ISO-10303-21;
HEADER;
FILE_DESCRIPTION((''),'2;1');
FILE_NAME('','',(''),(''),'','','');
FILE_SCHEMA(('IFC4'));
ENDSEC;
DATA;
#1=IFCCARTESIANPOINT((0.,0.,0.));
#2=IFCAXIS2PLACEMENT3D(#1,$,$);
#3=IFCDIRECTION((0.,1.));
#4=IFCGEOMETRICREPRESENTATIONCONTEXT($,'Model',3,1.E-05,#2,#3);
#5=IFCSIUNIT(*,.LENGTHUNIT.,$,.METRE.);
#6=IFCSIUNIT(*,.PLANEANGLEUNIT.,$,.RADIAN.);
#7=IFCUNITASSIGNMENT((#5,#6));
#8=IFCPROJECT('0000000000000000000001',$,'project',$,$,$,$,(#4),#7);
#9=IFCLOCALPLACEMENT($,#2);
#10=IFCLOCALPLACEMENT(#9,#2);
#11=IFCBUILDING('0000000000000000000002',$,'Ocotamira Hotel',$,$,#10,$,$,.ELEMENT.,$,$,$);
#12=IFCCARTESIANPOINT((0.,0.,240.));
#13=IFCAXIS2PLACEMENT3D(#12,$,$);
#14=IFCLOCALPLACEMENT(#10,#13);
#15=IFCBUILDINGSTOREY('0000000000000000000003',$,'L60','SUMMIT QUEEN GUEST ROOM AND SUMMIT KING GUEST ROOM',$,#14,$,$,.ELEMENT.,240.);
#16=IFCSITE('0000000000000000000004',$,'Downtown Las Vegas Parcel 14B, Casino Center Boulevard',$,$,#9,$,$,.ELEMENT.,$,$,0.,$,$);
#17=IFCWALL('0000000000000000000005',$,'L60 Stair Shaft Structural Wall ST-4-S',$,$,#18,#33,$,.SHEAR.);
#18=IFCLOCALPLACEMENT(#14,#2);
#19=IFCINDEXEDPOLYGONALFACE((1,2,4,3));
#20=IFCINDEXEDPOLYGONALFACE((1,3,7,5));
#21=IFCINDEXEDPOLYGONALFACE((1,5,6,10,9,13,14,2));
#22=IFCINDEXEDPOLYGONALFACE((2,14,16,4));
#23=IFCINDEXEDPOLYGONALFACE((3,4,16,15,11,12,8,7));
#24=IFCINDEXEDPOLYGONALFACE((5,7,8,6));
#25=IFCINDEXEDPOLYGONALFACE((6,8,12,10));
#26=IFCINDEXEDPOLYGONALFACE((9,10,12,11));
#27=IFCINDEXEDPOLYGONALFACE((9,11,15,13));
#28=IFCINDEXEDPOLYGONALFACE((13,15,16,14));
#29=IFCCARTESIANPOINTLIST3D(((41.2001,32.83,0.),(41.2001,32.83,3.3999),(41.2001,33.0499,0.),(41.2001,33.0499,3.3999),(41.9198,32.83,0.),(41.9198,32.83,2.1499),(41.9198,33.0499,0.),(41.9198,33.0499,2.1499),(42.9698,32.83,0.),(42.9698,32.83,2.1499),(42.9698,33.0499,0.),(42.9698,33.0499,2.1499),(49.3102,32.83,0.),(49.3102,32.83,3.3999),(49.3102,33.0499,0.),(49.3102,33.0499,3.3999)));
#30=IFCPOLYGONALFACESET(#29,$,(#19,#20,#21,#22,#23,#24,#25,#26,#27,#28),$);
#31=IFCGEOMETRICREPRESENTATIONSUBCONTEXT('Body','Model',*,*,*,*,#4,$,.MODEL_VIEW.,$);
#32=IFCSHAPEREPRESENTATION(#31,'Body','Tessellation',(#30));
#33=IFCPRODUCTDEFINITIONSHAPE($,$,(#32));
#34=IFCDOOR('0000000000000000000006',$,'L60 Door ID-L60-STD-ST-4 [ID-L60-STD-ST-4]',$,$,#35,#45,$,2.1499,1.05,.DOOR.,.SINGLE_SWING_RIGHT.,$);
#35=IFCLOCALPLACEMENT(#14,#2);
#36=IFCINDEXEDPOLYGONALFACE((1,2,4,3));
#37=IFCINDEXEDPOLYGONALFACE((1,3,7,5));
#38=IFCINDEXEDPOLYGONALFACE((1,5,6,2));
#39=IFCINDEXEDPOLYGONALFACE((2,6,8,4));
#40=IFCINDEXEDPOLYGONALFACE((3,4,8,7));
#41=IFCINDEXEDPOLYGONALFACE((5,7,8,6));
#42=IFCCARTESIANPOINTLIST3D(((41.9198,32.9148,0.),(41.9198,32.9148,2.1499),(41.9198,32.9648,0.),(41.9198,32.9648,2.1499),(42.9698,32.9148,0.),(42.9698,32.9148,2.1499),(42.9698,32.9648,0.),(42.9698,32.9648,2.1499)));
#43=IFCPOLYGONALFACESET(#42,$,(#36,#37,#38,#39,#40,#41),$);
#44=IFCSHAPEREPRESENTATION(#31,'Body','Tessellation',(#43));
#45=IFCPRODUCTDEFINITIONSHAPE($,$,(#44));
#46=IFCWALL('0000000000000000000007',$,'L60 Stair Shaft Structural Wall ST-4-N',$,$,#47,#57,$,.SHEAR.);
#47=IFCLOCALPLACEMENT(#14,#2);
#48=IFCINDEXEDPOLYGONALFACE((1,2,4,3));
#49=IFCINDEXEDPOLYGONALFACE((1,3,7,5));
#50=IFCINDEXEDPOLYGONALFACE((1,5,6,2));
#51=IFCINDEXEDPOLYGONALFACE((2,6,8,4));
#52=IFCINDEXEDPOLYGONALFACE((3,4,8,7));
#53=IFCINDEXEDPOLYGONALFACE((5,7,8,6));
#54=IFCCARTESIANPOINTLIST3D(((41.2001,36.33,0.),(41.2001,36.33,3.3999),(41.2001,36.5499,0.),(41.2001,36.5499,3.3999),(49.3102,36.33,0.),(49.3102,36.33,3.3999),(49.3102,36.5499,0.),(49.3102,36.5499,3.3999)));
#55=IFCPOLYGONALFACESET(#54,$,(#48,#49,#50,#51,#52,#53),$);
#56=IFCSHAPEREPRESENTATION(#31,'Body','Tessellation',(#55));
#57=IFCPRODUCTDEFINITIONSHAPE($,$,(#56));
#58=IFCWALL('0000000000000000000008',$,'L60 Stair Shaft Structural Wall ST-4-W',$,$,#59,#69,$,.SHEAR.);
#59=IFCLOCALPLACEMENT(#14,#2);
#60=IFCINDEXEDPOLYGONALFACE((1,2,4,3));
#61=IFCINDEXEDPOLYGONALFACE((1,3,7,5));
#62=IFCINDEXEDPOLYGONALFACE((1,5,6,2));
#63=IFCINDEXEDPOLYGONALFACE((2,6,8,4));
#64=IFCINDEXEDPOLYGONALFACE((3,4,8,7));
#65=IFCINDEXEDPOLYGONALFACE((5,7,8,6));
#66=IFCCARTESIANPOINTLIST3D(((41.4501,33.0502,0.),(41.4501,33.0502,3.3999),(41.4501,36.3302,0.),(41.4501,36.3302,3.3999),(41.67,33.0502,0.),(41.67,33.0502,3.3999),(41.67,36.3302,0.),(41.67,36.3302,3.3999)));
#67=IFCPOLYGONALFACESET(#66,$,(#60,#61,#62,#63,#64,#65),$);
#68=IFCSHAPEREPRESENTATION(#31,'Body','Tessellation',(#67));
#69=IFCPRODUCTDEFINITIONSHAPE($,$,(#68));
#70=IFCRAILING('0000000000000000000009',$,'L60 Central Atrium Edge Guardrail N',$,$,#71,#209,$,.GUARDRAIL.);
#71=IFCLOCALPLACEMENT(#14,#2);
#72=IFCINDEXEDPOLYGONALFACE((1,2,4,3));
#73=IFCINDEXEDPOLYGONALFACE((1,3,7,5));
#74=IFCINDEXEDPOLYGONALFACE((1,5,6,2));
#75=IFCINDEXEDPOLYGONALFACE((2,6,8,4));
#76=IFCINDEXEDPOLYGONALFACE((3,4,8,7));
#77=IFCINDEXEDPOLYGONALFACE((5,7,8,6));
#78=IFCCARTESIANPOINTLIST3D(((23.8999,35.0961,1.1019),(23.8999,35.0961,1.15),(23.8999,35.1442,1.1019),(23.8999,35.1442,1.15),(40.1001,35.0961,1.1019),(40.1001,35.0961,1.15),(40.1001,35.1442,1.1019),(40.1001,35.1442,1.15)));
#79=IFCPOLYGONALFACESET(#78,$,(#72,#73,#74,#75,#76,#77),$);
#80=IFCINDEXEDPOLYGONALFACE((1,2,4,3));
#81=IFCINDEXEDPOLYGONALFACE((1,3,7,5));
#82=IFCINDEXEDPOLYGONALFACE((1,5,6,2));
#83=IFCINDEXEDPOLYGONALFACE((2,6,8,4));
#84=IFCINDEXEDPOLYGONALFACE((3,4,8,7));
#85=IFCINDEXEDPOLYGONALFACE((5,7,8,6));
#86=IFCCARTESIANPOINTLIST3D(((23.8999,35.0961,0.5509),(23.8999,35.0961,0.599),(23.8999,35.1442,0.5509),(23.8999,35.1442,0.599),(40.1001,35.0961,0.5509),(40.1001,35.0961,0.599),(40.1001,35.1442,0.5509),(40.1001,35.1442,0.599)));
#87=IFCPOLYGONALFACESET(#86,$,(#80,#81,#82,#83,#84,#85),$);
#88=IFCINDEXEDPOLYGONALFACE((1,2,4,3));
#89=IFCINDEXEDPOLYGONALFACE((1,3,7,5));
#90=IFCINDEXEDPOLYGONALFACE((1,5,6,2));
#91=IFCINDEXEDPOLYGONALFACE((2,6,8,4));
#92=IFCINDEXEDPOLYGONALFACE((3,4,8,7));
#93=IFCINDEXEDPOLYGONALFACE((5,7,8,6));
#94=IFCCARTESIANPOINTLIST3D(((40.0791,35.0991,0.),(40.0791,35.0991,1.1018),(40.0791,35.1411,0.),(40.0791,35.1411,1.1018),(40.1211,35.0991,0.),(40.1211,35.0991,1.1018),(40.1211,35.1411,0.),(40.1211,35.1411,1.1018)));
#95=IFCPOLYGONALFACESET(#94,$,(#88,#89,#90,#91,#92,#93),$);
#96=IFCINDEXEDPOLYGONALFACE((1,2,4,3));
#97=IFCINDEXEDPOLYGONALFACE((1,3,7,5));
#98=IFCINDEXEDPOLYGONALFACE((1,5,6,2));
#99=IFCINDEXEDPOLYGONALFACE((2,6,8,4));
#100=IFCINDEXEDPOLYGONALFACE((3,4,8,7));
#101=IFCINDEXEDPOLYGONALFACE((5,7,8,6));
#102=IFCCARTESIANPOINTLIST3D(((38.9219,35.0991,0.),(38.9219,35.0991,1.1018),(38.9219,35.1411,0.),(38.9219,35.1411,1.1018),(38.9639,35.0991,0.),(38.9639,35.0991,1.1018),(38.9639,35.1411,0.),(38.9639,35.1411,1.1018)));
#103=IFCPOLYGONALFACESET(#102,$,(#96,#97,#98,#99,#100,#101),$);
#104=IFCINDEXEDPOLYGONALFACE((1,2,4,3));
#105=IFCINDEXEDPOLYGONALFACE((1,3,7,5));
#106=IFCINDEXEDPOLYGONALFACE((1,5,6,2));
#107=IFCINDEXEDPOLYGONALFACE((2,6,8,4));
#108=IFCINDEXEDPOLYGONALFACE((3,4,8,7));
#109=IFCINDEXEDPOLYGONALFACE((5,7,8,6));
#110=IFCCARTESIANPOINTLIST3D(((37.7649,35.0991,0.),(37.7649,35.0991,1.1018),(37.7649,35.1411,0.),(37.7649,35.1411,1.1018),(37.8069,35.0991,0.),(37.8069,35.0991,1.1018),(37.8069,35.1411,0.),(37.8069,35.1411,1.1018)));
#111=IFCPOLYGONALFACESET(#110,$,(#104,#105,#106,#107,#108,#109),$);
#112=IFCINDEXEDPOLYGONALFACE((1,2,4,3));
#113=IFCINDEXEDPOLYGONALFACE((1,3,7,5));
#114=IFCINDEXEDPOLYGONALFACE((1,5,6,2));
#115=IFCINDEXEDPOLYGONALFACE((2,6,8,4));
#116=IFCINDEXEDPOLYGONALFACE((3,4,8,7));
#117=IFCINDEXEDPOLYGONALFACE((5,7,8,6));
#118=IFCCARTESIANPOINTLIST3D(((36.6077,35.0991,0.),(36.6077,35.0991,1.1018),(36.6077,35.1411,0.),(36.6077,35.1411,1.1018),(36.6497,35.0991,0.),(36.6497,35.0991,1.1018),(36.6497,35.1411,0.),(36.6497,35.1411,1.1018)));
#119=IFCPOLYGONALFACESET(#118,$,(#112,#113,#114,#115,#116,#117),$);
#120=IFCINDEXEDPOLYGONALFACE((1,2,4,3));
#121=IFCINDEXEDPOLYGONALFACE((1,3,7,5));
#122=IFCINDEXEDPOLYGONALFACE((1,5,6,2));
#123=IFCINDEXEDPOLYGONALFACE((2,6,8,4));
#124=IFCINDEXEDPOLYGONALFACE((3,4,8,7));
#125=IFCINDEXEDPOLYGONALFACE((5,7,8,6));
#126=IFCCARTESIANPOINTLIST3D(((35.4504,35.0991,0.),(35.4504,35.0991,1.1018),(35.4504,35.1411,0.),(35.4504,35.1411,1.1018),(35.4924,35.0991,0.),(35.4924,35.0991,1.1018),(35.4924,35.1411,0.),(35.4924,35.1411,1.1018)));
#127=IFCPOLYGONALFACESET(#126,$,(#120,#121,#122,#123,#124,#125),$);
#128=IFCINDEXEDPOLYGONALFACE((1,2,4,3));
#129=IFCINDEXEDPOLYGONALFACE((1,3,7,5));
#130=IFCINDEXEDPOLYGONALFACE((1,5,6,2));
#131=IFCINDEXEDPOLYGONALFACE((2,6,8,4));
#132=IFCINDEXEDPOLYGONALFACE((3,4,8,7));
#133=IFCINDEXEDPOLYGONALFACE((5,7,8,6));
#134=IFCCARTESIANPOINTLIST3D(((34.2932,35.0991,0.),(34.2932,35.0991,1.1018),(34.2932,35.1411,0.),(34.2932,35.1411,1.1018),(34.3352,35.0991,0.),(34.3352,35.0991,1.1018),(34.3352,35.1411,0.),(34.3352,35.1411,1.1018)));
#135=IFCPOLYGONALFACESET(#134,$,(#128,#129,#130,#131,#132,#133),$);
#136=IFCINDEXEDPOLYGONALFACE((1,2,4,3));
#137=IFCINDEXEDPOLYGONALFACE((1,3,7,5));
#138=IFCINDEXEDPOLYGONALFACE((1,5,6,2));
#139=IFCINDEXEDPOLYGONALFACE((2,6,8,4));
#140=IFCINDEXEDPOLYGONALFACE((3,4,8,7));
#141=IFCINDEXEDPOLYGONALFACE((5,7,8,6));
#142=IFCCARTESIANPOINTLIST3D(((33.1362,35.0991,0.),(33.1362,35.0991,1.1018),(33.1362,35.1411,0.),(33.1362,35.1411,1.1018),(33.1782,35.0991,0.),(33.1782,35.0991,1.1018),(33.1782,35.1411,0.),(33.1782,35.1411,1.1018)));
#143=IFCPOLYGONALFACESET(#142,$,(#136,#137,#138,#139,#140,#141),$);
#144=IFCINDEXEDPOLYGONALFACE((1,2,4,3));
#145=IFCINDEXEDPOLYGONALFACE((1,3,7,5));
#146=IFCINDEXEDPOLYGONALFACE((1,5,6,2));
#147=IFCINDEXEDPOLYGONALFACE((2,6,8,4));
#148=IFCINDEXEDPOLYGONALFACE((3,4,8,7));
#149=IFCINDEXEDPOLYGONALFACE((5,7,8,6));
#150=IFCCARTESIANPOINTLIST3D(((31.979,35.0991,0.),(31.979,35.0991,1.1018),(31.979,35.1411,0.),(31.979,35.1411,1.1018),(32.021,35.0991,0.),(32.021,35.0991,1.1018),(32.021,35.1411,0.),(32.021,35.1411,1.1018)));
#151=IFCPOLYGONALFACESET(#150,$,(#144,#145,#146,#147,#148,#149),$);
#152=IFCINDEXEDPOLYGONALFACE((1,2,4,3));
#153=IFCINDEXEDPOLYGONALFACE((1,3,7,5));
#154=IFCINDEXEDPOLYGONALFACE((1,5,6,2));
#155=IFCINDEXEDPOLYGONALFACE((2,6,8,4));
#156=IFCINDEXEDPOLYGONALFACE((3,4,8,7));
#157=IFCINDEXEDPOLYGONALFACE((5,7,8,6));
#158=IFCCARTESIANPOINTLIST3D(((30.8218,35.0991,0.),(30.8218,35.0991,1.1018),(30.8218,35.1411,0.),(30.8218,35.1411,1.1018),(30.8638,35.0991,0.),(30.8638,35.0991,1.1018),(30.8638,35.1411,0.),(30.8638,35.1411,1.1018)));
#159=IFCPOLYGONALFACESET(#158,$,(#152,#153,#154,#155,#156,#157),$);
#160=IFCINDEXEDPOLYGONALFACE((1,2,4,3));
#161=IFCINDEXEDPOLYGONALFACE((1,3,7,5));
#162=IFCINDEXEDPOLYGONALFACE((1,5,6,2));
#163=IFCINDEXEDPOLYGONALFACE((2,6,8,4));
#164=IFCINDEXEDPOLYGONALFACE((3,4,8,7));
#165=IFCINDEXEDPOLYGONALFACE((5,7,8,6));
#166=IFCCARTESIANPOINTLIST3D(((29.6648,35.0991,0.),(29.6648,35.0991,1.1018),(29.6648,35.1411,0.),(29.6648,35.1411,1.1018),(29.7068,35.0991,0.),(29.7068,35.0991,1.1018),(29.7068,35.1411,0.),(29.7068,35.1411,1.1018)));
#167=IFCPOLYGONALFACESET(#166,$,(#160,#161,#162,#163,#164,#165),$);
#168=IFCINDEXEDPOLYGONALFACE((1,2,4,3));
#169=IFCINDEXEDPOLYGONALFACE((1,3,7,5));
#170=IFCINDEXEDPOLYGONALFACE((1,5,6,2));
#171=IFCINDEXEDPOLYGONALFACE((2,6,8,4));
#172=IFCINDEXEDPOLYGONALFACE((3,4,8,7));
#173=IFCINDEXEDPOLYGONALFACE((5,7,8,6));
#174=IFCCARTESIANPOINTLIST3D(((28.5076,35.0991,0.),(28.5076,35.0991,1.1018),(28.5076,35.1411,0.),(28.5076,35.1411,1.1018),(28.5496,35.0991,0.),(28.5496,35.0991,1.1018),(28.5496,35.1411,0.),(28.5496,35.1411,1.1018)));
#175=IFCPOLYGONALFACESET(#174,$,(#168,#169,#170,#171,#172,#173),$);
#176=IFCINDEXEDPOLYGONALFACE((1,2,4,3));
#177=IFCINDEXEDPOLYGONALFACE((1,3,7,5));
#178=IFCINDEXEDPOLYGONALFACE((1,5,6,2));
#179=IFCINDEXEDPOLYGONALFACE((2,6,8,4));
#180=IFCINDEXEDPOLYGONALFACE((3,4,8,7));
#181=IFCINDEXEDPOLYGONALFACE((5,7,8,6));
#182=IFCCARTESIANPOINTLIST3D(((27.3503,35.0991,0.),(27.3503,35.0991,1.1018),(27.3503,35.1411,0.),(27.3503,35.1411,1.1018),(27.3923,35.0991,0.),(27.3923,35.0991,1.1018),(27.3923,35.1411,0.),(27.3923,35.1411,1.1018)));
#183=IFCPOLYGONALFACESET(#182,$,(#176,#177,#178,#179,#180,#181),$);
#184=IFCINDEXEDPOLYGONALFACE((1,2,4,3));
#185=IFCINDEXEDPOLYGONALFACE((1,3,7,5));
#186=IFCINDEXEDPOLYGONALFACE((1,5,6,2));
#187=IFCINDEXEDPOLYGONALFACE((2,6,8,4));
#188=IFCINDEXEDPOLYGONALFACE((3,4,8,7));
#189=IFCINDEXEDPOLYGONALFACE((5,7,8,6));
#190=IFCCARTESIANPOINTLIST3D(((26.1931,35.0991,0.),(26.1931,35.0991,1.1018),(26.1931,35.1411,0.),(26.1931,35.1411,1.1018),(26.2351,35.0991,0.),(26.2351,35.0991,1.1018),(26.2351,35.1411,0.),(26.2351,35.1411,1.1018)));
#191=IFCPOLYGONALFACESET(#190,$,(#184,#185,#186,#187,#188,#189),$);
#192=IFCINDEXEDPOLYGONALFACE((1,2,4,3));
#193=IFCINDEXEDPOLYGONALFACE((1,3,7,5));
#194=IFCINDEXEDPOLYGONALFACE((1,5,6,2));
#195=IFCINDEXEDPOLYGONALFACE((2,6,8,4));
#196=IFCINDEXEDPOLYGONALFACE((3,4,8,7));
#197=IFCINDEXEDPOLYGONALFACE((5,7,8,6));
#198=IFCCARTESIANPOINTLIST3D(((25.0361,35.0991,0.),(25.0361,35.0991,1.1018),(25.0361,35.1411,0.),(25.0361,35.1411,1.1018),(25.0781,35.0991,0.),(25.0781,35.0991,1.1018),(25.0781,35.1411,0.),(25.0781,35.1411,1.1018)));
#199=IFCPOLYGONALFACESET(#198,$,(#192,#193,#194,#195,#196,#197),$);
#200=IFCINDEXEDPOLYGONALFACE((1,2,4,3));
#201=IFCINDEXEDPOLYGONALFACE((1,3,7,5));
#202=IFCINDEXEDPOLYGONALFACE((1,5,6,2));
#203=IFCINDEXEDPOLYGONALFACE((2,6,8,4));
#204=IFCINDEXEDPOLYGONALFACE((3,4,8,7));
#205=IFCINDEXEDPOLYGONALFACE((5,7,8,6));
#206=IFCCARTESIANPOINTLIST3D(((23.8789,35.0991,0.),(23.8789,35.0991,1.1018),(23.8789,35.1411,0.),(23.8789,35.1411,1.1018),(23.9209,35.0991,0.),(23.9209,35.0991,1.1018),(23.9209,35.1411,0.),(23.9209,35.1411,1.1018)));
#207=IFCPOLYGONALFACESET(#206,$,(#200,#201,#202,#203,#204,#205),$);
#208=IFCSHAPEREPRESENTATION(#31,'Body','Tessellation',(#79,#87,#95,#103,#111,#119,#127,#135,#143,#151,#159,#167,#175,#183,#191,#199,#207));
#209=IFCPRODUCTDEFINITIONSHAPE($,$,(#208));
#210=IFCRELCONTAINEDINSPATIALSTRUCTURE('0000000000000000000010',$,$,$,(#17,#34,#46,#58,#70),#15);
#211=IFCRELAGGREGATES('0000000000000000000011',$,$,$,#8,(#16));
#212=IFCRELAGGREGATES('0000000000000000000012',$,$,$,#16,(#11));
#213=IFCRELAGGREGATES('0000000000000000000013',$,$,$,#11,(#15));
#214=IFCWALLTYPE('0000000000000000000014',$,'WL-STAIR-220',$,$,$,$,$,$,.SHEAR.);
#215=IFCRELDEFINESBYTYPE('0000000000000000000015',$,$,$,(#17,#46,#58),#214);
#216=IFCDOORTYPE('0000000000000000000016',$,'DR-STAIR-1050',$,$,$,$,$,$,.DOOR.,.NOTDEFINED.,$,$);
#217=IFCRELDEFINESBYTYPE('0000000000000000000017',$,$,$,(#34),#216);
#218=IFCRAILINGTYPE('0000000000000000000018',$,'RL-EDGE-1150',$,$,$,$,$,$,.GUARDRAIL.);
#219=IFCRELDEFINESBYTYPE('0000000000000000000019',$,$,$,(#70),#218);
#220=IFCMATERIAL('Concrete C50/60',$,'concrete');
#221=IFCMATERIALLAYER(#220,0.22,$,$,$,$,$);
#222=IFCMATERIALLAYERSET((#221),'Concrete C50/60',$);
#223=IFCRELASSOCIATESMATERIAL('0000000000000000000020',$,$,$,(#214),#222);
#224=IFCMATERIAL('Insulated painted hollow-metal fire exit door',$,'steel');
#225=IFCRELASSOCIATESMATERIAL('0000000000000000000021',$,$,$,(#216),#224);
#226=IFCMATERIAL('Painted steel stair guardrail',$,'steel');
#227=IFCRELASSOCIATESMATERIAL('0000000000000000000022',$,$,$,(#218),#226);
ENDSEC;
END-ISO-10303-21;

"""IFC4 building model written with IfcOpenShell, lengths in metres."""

from ifc_helpers import new_model, si_unit, direction, frame, frame_2d, origin, origin_2d, place, context, subcontext, project, spatial, rectangle, extrude, source, transform, mapped, material, layer, layer_set, type_object, element, fill, save


model = new_model("IFC4")

# Units and contexts
model_context = context("Model", 3, precision=1e-05, world=origin(), true_north=direction((0.0, 1.0)))
body_context = subcontext(model_context, "Body", "Model", "MODEL_VIEW")
ifc_project = project(units=[si_unit("LENGTHUNIT", "METRE"), si_unit("PLANEANGLEUNIT", "RADIAN")], contexts=[model_context])

# Site, building, storey
site_placement = place(None, origin())
site = spatial("IfcSite", under=ifc_project, at=site_placement, Name="Downtown Las Vegas Parcel 14B, Casino Center Boulevard", CompositionType="ELEMENT", RefElevation=0.0)
building_placement = place(site_placement, origin())
building = spatial("IfcBuilding", under=site, at=building_placement, Name="Ocotamira Hotel", CompositionType="ELEMENT")
storey_placement = place(building_placement, frame((0.0, 0.0, 240.0)))
storey = spatial("IfcBuildingStorey", under=building, at=storey_placement, Name="L60", Description="SUMMIT QUEEN GUEST ROOM AND SUMMIT KING GUEST ROOM", CompositionType="ELEMENT", Elevation=240.0)

# Shared definitions
ifc_material_1 = material(Name="Concrete C50/60", Category="concrete")

# Wall, opening, door
ifc_layer_1 = layer(ifc_material_1, 0.22)
ifc_layer_set_1 = layer_set([ifc_layer_1], Name="Concrete C50/60")
wall_type_1 = type_object("IfcWallType", Name="WL-STAIR-220", PredefinedType="SHEAR", material=ifc_layer_set_1)
wall_1_placement = place(storey_placement, frame((41.2, 32.9399, 0.0), z_axis=(0.0, 0.0, 1.0), x_axis=(1.0, 0.0, 0.0)))
wall_1 = element("IfcWall", 1, at=wall_1_placement, inside=storey, type_object=wall_type_1, Name="L60 Stair Shaft Structural Wall ST-4-S", PredefinedType="SHEAR", context=body_context, shape_type="SweptSolid", body=[
    extrude(rectangle(XDim=8.1101, YDim=0.22, at=frame_2d((4.0552, 0.0))), origin(), (0.0, 0.0, 1.0), 3.3999),
])
opening_1_placement = place(wall_1_placement, frame((0.72, 0.0, 0.0)))
opening_1 = element("IfcOpeningElement", 2, at=opening_1_placement, cuts=wall_1, PredefinedType="OPENING", context=body_context, shape_type="SweptSolid", body=[
    extrude(rectangle(XDim=1.05, YDim=2.1499, at=frame_2d((0.5249, 1.075))), frame((0.0, 0.1201, 0.0), z_axis=(0.0, -1.0, 0.0), x_axis=(1.0, 0.0, 0.0)), (0.0, 0.0, 1.0), 0.24),
])
ifc_material_2 = material(Name="Insulated painted hollow-metal fire exit door", Category="steel")
door_type_1 = type_object("IfcDoorType", Name="DR-STAIR-1050", OperationType="NOTDEFINED", PredefinedType="DOOR", material=ifc_material_2)
shared_shape_1 = source(origin(), body_context, "Body", "SweptSolid", [
    extrude(rectangle(XDim=1.05, YDim=2.1499, at=frame_2d((0.5249, 1.075))), frame((0.0, 0.0249, 0.0), z_axis=(0.0, -1.0, 0.0), x_axis=(1.0, 0.0, 0.0)), (0.0, 0.0, 1.0), 0.05),
])
door_1_placement = place(opening_1_placement, origin())
door_1 = element("IfcDoor", 3, at=door_1_placement, inside=storey, type_object=door_type_1, Name="L60 Door ID-L60-STD-ST-4 [ID-L60-STD-ST-4]", OperationType="SINGLE_SWING_RIGHT", OverallHeight=2.1499, OverallWidth=1.05, PredefinedType="DOOR", context=body_context, shape_type="MappedRepresentation", body=[
    mapped(shared_shape_1, transform((0.0, 0.0, 0.0), scale=1.0)),
])
fill(opening_1, door_1)

# Walls
wall_2_placement = place(storey_placement, frame((41.2, 36.4399, 0.0), z_axis=(0.0, 0.0, 1.0), x_axis=(1.0, 0.0, 0.0)))
element("IfcWall", 4, at=wall_2_placement, inside=storey, type_object=wall_type_1, Name="L60 Stair Shaft Structural Wall ST-4-N", PredefinedType="SHEAR", context=body_context, shape_type="SweptSolid", body=[
    extrude(rectangle(XDim=8.1101, YDim=0.22, at=frame_2d((4.0552, 0.0))), origin(), (0.0, 0.0, 1.0), 3.3999),
])
wall_3_placement = place(storey_placement, frame((41.5601, 33.05, 0.0), z_axis=(0.0, 0.0, 1.0), x_axis=(0.0, 1.0, 0.0)))
element("IfcWall", 5, at=wall_3_placement, inside=storey, type_object=wall_type_1, Name="L60 Stair Shaft Structural Wall ST-4-W", PredefinedType="SHEAR", context=body_context, shape_type="SweptSolid", body=[
    extrude(rectangle(XDim=3.28, YDim=0.22, at=frame_2d((1.6401, 0.0))), origin(), (0.0, 0.0, 1.0), 3.3999),
])

# Railing
ifc_material_3 = material(Name="Painted steel stair guardrail", Category="steel")
railing_type = type_object("IfcRailingType", Name="RL-EDGE-1150", PredefinedType="GUARDRAIL", material=ifc_material_3)
railing_placement = place(storey_placement, frame((40.1001, 35.1201, 0.0)))
element("IfcRailing", 6, at=railing_placement, inside=storey, type_object=railing_type, Name="L60 Central Atrium Edge Guardrail N", PredefinedType="GUARDRAIL", context=body_context, shape_type="SweptSolid", body=[
    extrude(rectangle(XDim=0.0481, YDim=0.0481, at=origin_2d()), frame((0.0, 0.0, 1.126), z_axis=(-1.0, 0.0, 0.0), x_axis=(0.0, -1.0, 0.0)), (0.0, 0.0, 1.0), 16.2002),
    extrude(rectangle(XDim=0.0481, YDim=0.0481, at=origin_2d()), frame((0.0, 0.0, 0.575), z_axis=(-1.0, 0.0, 0.0), x_axis=(0.0, -1.0, 0.0)), (0.0, 0.0, 1.0), 16.2002),
    extrude(rectangle(XDim=0.042, YDim=0.042, at=origin_2d()), origin(), (0.0, 0.0, 1.0), 1.1018),
    extrude(rectangle(XDim=0.042, YDim=0.042, at=origin_2d()), frame((-1.1572, 0.0, 0.0)), (0.0, 0.0, 1.0), 1.1018),
    extrude(rectangle(XDim=0.042, YDim=0.042, at=origin_2d()), frame((-2.3142, 0.0, 0.0)), (0.0, 0.0, 1.0), 1.1018),
    extrude(rectangle(XDim=0.042, YDim=0.042, at=origin_2d()), frame((-3.4714, 0.0, 0.0)), (0.0, 0.0, 1.0), 1.1018),
    extrude(rectangle(XDim=0.042, YDim=0.042, at=origin_2d()), frame((-4.6287, 0.0, 0.0)), (0.0, 0.0, 1.0), 1.1018),
    extrude(rectangle(XDim=0.042, YDim=0.042, at=origin_2d()), frame((-5.7859, 0.0, 0.0)), (0.0, 0.0, 1.0), 1.1018),
    extrude(rectangle(XDim=0.042, YDim=0.042, at=origin_2d()), frame((-6.9429, 0.0, 0.0)), (0.0, 0.0, 1.0), 1.1018),
    extrude(rectangle(XDim=0.042, YDim=0.042, at=origin_2d()), frame((-8.1001, 0.0, 0.0)), (0.0, 0.0, 1.0), 1.1018),
    extrude(rectangle(XDim=0.042, YDim=0.042, at=origin_2d()), frame((-9.2573, 0.0, 0.0)), (0.0, 0.0, 1.0), 1.1018),
    extrude(rectangle(XDim=0.042, YDim=0.042, at=origin_2d()), frame((-10.4143, 0.0, 0.0)), (0.0, 0.0, 1.0), 1.1018),
    extrude(rectangle(XDim=0.042, YDim=0.042, at=origin_2d()), frame((-11.5715, 0.0, 0.0)), (0.0, 0.0, 1.0), 1.1018),
    extrude(rectangle(XDim=0.042, YDim=0.042, at=origin_2d()), frame((-12.7288, 0.0, 0.0)), (0.0, 0.0, 1.0), 1.1018),
    extrude(rectangle(XDim=0.042, YDim=0.042, at=origin_2d()), frame((-13.886, 0.0, 0.0)), (0.0, 0.0, 1.0), 1.1018),
    extrude(rectangle(XDim=0.042, YDim=0.042, at=origin_2d()), frame((-15.043, 0.0, 0.0)), (0.0, 0.0, 1.0), 1.1018),
    extrude(rectangle(XDim=0.042, YDim=0.042, at=origin_2d()), frame((-16.2002, 0.0, 0.0)), (0.0, 0.0, 1.0), 1.1018),
])

save(model, "model.ifc")
